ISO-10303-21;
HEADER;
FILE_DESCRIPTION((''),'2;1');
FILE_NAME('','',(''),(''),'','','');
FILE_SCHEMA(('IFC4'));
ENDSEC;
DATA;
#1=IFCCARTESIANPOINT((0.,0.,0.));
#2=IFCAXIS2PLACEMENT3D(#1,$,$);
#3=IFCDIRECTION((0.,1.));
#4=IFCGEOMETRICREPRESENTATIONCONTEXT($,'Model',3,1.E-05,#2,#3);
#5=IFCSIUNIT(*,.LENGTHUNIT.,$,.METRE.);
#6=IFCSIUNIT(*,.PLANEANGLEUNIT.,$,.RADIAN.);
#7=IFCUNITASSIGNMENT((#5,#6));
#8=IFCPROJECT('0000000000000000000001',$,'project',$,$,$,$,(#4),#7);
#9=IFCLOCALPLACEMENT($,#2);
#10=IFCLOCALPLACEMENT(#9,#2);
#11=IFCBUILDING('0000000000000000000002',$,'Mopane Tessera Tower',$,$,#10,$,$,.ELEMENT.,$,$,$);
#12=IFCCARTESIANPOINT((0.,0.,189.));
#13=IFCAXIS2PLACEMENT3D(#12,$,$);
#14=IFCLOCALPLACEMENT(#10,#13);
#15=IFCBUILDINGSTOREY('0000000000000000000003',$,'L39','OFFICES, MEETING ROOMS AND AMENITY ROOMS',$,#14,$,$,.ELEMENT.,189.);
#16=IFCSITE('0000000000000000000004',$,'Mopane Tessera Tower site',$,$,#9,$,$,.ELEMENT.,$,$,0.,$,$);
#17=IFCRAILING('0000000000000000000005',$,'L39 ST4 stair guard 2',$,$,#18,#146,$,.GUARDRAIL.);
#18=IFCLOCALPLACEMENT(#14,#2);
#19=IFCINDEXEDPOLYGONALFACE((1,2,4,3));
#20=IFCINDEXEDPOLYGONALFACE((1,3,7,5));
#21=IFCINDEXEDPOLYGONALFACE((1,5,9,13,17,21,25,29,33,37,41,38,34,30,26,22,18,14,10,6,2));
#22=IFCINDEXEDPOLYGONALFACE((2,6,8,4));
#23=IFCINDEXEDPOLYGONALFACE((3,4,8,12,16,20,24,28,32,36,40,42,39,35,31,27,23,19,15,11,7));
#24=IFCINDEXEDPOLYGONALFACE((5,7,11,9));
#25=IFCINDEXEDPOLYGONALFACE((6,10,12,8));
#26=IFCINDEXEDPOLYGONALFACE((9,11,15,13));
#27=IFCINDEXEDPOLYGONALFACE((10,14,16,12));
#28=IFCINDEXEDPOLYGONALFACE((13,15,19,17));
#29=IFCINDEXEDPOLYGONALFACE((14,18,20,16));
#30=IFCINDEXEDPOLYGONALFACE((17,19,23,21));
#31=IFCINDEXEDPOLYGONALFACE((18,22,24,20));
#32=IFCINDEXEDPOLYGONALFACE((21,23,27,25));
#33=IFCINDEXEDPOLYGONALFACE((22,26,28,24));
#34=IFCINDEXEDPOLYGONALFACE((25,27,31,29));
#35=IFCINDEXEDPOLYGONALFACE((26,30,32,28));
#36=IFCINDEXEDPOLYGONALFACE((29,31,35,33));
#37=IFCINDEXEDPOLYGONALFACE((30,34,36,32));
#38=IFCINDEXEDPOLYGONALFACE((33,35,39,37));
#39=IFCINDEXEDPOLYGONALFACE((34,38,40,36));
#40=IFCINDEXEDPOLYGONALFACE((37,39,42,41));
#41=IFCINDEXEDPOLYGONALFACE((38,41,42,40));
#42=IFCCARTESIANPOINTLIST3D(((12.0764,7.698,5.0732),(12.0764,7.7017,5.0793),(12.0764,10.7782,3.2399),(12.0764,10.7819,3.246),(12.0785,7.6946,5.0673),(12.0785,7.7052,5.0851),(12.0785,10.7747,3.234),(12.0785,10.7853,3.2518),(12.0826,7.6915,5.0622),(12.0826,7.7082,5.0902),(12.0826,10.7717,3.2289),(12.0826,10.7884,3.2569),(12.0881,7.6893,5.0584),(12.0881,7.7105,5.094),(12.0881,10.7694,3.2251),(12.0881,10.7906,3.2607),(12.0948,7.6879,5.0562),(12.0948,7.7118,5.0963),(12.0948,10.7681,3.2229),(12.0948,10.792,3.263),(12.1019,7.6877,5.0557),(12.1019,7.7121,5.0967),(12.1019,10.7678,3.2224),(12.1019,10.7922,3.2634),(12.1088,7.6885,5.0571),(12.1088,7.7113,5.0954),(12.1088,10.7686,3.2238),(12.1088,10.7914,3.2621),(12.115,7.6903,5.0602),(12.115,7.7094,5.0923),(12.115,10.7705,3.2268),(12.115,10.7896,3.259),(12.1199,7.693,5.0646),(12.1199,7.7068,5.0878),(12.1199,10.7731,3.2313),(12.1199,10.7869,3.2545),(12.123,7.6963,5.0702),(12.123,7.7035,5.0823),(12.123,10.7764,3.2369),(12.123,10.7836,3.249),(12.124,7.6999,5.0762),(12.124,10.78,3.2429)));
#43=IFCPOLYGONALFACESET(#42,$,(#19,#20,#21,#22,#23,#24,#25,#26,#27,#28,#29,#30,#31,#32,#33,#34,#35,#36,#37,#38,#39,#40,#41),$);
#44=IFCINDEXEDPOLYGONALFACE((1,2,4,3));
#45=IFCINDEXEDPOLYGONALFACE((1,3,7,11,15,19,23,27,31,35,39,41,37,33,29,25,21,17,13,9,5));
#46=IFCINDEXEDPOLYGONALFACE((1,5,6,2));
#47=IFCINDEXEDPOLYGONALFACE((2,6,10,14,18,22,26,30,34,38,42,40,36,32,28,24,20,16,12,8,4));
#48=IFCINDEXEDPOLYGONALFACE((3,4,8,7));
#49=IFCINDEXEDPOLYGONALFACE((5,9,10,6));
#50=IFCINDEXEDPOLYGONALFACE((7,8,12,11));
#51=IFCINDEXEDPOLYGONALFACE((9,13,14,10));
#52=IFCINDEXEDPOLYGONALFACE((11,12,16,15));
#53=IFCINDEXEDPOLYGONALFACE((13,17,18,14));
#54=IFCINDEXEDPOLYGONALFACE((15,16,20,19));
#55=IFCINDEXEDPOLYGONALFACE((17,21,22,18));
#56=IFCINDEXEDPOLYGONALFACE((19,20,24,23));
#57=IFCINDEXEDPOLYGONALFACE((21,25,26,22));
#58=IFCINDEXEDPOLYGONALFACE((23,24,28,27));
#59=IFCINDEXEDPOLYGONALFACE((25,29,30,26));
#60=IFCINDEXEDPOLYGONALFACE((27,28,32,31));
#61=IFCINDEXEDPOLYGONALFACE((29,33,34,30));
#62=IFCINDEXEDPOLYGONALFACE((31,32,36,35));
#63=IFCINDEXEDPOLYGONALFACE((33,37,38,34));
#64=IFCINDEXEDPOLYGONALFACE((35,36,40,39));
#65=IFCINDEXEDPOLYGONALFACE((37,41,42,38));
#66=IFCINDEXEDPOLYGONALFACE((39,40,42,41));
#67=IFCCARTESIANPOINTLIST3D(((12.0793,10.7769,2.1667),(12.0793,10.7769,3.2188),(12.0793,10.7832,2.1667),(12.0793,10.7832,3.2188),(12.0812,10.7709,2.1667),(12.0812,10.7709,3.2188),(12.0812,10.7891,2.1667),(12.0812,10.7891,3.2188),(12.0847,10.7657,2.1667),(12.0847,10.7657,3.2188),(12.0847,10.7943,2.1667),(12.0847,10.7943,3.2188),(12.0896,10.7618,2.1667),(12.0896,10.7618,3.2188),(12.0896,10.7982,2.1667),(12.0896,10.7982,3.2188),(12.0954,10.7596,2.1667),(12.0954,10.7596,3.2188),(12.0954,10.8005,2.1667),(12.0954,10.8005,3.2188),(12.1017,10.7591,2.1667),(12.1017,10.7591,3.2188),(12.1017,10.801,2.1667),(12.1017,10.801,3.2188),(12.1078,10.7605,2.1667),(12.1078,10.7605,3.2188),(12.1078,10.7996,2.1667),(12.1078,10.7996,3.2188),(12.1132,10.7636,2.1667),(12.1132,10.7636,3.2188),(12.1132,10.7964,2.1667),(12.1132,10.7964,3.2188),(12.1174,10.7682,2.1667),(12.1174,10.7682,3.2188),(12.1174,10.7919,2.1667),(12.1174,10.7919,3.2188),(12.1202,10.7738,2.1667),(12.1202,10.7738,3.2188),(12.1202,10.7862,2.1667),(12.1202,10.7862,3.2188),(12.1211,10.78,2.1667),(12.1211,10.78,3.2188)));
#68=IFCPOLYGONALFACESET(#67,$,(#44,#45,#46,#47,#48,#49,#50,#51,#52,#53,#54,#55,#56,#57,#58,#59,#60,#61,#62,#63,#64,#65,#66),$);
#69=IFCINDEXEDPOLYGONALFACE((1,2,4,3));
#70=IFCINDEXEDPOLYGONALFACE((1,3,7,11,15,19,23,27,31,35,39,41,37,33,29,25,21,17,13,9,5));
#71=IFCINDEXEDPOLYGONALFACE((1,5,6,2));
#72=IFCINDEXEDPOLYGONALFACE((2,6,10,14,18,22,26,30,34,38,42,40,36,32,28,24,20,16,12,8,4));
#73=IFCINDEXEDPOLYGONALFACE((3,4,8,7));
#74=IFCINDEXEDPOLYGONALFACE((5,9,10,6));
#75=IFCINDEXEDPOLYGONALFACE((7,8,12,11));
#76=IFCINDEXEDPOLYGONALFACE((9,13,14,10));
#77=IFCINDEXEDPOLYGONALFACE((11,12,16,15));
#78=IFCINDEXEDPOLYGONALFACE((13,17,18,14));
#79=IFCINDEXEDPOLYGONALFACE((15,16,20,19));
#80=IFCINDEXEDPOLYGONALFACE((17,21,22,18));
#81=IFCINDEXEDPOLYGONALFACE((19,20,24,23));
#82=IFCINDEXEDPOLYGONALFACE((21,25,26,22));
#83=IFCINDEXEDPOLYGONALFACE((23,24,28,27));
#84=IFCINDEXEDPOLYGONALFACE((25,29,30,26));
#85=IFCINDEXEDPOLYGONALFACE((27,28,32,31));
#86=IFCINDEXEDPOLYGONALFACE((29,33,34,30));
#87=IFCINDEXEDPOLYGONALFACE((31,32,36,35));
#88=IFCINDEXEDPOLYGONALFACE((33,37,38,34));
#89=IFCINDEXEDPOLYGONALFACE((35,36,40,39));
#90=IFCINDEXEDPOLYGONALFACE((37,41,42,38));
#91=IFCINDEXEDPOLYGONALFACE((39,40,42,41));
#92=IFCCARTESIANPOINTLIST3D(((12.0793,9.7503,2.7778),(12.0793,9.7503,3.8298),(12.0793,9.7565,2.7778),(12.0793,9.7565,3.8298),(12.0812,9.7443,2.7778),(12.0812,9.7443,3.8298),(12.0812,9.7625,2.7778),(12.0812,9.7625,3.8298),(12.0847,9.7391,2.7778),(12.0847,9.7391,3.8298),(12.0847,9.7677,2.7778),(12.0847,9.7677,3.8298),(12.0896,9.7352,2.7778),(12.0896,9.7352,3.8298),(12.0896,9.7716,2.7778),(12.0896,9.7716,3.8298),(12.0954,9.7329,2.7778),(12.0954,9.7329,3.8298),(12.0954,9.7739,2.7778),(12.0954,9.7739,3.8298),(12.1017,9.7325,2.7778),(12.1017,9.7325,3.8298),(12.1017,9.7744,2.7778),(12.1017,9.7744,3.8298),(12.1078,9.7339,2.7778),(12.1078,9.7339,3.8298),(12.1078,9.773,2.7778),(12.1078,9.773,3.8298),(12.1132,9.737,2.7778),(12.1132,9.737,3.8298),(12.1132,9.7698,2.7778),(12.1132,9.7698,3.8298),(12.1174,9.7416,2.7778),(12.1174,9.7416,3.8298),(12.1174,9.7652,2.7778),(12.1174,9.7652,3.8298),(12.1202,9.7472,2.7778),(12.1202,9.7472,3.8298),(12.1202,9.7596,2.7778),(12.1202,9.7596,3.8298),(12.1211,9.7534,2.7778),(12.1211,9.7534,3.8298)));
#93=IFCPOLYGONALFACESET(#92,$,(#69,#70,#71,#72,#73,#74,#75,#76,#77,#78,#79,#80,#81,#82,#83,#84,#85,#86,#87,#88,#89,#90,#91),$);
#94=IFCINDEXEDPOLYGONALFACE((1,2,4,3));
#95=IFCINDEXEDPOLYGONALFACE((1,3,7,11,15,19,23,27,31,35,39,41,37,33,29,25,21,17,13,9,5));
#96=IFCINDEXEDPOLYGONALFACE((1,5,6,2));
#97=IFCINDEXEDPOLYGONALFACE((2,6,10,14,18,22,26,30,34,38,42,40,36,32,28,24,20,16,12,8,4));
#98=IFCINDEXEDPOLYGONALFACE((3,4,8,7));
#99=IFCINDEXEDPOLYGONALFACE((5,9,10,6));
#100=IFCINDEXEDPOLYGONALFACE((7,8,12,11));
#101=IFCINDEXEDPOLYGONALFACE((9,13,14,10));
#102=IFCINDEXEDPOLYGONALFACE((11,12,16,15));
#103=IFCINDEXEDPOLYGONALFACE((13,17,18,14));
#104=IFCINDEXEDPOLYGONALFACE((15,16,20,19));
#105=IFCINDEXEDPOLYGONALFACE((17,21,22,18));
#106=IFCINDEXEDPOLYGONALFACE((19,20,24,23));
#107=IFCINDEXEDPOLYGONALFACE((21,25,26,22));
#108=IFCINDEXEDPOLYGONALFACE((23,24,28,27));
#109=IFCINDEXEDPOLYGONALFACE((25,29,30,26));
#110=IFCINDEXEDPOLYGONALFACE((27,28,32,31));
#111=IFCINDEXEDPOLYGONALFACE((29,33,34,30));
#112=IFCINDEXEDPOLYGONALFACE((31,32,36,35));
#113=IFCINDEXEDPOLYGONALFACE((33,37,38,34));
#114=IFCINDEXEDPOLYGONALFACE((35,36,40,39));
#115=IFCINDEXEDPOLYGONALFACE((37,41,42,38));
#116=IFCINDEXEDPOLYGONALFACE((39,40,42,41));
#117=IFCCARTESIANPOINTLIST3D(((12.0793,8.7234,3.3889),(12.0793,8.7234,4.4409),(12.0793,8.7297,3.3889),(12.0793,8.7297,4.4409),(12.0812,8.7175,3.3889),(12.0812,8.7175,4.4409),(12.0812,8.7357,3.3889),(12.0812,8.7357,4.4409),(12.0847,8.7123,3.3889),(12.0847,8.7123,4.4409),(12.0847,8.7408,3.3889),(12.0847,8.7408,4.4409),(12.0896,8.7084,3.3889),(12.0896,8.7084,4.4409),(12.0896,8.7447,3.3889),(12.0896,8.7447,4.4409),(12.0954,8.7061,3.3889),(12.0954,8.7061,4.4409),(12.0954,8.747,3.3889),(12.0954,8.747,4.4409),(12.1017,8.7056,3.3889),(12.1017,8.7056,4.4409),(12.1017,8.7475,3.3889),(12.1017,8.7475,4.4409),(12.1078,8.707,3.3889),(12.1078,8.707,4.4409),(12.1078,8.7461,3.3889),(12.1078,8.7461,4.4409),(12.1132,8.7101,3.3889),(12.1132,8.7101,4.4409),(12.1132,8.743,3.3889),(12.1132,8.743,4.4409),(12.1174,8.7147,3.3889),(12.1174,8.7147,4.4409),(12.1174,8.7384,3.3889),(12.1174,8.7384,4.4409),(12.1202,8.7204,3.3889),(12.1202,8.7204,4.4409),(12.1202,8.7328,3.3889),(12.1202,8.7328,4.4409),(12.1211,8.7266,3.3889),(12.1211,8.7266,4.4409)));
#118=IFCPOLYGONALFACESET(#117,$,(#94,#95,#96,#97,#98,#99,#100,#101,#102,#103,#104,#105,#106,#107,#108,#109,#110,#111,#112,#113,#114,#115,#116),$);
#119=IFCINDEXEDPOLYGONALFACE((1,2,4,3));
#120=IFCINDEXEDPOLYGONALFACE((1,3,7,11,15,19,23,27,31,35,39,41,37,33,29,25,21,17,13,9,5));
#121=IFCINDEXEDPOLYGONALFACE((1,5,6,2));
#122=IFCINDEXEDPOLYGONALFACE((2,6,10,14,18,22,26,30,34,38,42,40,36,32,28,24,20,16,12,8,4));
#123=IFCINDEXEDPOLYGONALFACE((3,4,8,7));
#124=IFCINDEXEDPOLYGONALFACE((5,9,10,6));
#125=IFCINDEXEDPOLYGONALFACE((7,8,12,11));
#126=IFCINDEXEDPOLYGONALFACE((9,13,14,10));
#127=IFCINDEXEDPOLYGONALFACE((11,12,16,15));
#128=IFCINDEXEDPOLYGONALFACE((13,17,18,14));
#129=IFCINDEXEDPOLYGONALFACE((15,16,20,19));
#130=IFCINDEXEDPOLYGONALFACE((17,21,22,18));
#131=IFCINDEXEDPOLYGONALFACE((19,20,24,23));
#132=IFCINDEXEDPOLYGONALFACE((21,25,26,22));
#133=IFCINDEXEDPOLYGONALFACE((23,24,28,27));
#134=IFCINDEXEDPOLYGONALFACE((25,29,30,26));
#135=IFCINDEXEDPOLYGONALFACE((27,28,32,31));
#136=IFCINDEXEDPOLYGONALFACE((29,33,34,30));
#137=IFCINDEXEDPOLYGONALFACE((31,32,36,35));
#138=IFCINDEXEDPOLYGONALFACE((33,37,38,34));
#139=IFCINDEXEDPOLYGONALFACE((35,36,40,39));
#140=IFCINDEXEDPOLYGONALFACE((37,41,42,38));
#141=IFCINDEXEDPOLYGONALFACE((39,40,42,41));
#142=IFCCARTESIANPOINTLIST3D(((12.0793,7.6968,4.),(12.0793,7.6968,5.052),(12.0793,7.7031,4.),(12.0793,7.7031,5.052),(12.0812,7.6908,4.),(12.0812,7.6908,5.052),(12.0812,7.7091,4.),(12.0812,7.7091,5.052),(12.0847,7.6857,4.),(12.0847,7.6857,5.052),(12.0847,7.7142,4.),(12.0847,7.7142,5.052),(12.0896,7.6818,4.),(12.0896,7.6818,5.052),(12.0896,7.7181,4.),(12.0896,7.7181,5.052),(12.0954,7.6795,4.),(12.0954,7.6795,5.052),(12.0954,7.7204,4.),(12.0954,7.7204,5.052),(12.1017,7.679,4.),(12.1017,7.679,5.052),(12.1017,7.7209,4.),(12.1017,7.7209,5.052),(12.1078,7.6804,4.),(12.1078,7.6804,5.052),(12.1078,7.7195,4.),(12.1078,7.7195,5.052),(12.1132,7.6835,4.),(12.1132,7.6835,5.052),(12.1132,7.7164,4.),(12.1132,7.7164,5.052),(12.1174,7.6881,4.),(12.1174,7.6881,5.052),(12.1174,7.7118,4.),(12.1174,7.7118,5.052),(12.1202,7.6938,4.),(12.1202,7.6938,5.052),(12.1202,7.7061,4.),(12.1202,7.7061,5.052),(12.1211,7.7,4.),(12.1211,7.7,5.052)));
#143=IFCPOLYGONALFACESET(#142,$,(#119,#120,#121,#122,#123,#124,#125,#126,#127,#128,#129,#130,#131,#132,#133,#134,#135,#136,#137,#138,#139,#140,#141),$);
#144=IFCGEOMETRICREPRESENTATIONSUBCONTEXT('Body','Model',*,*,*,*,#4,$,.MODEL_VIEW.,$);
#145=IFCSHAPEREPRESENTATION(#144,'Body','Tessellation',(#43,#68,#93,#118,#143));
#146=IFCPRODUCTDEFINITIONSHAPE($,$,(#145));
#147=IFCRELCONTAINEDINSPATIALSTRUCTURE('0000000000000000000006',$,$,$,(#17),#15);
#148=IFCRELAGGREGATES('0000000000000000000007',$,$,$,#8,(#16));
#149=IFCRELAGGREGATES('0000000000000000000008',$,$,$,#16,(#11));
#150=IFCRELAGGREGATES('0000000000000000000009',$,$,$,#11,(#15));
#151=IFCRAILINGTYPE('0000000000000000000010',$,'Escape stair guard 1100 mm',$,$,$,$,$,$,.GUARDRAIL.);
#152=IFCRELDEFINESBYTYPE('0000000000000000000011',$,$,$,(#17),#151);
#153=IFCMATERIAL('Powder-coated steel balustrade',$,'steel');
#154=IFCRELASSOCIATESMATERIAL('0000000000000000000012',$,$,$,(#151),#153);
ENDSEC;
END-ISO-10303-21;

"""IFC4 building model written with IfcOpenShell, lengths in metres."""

from ifc_helpers import new_model, si_unit, direction, frame, origin, origin_2d, place, context, subcontext, project, spatial, circle, extrude, material, type_object, element, save


model = new_model("IFC4")

# Units and contexts
model_context = context("Model", 3, precision=1e-05, world=origin(), true_north=direction((0.0, 1.0)))
body_context = subcontext(model_context, "Body", "Model", "MODEL_VIEW")
ifc_project = project(units=[si_unit("LENGTHUNIT", "METRE"), si_unit("PLANEANGLEUNIT", "RADIAN")], contexts=[model_context])

# Site, building, storey
site_placement = place(None, origin())
site = spatial("IfcSite", under=ifc_project, at=site_placement, Name="Mopane Tessera Tower site", CompositionType="ELEMENT", RefElevation=0.0)
building_placement = place(site_placement, origin())
building = spatial("IfcBuilding", under=site, at=building_placement, Name="Mopane Tessera Tower", CompositionType="ELEMENT")
storey_placement = place(building_placement, frame((0.0, 0.0, 189.0)))
storey = spatial("IfcBuildingStorey", under=building, at=storey_placement, Name="L39", Description="OFFICES, MEETING ROOMS AND AMENITY ROOMS", CompositionType="ELEMENT", Elevation=189.0)

# Railing
ifc_material_1 = material(Name="Powder-coated steel balustrade", Category="steel")
railing_type_1 = type_object("IfcRailingType", Name="Escape stair guard 1100 mm", PredefinedType="GUARDRAIL", material=ifc_material_1)
railing_1_placement = place(storey_placement, frame((12.1001, 10.78, 2.1667)))
element("IfcRailing", 1, at=railing_1_placement, inside=storey, type_object=railing_type_1, Name="L39 ST4 stair guard 2", PredefinedType="GUARDRAIL", context=body_context, shape_type="SweptSolid", body=[
    extrude(circle(Radius=0.0239, at=origin_2d()), frame((0.0, 0.0, 1.0762), z_axis=(0.0, -0.859309, 0.511458), x_axis=(1.0, 0.0, 0.0)), (0.0, 0.0, 1.0), 3.5845),
    extrude(circle(Radius=0.021, at=origin_2d()), origin(), (0.0, 0.0, 1.0), 1.052),
    extrude(circle(Radius=0.021, at=origin_2d()), frame((0.0, -1.0266, 0.6111)), (0.0, 0.0, 1.0), 1.052),
    extrude(circle(Radius=0.021, at=origin_2d()), frame((0.0, -2.0535, 1.2222)), (0.0, 0.0, 1.0), 1.052),
    extrude(circle(Radius=0.021, at=origin_2d()), frame((0.0, -3.0801, 1.8333)), (0.0, 0.0, 1.0), 1.052),
])

save(model, "model.ifc")
